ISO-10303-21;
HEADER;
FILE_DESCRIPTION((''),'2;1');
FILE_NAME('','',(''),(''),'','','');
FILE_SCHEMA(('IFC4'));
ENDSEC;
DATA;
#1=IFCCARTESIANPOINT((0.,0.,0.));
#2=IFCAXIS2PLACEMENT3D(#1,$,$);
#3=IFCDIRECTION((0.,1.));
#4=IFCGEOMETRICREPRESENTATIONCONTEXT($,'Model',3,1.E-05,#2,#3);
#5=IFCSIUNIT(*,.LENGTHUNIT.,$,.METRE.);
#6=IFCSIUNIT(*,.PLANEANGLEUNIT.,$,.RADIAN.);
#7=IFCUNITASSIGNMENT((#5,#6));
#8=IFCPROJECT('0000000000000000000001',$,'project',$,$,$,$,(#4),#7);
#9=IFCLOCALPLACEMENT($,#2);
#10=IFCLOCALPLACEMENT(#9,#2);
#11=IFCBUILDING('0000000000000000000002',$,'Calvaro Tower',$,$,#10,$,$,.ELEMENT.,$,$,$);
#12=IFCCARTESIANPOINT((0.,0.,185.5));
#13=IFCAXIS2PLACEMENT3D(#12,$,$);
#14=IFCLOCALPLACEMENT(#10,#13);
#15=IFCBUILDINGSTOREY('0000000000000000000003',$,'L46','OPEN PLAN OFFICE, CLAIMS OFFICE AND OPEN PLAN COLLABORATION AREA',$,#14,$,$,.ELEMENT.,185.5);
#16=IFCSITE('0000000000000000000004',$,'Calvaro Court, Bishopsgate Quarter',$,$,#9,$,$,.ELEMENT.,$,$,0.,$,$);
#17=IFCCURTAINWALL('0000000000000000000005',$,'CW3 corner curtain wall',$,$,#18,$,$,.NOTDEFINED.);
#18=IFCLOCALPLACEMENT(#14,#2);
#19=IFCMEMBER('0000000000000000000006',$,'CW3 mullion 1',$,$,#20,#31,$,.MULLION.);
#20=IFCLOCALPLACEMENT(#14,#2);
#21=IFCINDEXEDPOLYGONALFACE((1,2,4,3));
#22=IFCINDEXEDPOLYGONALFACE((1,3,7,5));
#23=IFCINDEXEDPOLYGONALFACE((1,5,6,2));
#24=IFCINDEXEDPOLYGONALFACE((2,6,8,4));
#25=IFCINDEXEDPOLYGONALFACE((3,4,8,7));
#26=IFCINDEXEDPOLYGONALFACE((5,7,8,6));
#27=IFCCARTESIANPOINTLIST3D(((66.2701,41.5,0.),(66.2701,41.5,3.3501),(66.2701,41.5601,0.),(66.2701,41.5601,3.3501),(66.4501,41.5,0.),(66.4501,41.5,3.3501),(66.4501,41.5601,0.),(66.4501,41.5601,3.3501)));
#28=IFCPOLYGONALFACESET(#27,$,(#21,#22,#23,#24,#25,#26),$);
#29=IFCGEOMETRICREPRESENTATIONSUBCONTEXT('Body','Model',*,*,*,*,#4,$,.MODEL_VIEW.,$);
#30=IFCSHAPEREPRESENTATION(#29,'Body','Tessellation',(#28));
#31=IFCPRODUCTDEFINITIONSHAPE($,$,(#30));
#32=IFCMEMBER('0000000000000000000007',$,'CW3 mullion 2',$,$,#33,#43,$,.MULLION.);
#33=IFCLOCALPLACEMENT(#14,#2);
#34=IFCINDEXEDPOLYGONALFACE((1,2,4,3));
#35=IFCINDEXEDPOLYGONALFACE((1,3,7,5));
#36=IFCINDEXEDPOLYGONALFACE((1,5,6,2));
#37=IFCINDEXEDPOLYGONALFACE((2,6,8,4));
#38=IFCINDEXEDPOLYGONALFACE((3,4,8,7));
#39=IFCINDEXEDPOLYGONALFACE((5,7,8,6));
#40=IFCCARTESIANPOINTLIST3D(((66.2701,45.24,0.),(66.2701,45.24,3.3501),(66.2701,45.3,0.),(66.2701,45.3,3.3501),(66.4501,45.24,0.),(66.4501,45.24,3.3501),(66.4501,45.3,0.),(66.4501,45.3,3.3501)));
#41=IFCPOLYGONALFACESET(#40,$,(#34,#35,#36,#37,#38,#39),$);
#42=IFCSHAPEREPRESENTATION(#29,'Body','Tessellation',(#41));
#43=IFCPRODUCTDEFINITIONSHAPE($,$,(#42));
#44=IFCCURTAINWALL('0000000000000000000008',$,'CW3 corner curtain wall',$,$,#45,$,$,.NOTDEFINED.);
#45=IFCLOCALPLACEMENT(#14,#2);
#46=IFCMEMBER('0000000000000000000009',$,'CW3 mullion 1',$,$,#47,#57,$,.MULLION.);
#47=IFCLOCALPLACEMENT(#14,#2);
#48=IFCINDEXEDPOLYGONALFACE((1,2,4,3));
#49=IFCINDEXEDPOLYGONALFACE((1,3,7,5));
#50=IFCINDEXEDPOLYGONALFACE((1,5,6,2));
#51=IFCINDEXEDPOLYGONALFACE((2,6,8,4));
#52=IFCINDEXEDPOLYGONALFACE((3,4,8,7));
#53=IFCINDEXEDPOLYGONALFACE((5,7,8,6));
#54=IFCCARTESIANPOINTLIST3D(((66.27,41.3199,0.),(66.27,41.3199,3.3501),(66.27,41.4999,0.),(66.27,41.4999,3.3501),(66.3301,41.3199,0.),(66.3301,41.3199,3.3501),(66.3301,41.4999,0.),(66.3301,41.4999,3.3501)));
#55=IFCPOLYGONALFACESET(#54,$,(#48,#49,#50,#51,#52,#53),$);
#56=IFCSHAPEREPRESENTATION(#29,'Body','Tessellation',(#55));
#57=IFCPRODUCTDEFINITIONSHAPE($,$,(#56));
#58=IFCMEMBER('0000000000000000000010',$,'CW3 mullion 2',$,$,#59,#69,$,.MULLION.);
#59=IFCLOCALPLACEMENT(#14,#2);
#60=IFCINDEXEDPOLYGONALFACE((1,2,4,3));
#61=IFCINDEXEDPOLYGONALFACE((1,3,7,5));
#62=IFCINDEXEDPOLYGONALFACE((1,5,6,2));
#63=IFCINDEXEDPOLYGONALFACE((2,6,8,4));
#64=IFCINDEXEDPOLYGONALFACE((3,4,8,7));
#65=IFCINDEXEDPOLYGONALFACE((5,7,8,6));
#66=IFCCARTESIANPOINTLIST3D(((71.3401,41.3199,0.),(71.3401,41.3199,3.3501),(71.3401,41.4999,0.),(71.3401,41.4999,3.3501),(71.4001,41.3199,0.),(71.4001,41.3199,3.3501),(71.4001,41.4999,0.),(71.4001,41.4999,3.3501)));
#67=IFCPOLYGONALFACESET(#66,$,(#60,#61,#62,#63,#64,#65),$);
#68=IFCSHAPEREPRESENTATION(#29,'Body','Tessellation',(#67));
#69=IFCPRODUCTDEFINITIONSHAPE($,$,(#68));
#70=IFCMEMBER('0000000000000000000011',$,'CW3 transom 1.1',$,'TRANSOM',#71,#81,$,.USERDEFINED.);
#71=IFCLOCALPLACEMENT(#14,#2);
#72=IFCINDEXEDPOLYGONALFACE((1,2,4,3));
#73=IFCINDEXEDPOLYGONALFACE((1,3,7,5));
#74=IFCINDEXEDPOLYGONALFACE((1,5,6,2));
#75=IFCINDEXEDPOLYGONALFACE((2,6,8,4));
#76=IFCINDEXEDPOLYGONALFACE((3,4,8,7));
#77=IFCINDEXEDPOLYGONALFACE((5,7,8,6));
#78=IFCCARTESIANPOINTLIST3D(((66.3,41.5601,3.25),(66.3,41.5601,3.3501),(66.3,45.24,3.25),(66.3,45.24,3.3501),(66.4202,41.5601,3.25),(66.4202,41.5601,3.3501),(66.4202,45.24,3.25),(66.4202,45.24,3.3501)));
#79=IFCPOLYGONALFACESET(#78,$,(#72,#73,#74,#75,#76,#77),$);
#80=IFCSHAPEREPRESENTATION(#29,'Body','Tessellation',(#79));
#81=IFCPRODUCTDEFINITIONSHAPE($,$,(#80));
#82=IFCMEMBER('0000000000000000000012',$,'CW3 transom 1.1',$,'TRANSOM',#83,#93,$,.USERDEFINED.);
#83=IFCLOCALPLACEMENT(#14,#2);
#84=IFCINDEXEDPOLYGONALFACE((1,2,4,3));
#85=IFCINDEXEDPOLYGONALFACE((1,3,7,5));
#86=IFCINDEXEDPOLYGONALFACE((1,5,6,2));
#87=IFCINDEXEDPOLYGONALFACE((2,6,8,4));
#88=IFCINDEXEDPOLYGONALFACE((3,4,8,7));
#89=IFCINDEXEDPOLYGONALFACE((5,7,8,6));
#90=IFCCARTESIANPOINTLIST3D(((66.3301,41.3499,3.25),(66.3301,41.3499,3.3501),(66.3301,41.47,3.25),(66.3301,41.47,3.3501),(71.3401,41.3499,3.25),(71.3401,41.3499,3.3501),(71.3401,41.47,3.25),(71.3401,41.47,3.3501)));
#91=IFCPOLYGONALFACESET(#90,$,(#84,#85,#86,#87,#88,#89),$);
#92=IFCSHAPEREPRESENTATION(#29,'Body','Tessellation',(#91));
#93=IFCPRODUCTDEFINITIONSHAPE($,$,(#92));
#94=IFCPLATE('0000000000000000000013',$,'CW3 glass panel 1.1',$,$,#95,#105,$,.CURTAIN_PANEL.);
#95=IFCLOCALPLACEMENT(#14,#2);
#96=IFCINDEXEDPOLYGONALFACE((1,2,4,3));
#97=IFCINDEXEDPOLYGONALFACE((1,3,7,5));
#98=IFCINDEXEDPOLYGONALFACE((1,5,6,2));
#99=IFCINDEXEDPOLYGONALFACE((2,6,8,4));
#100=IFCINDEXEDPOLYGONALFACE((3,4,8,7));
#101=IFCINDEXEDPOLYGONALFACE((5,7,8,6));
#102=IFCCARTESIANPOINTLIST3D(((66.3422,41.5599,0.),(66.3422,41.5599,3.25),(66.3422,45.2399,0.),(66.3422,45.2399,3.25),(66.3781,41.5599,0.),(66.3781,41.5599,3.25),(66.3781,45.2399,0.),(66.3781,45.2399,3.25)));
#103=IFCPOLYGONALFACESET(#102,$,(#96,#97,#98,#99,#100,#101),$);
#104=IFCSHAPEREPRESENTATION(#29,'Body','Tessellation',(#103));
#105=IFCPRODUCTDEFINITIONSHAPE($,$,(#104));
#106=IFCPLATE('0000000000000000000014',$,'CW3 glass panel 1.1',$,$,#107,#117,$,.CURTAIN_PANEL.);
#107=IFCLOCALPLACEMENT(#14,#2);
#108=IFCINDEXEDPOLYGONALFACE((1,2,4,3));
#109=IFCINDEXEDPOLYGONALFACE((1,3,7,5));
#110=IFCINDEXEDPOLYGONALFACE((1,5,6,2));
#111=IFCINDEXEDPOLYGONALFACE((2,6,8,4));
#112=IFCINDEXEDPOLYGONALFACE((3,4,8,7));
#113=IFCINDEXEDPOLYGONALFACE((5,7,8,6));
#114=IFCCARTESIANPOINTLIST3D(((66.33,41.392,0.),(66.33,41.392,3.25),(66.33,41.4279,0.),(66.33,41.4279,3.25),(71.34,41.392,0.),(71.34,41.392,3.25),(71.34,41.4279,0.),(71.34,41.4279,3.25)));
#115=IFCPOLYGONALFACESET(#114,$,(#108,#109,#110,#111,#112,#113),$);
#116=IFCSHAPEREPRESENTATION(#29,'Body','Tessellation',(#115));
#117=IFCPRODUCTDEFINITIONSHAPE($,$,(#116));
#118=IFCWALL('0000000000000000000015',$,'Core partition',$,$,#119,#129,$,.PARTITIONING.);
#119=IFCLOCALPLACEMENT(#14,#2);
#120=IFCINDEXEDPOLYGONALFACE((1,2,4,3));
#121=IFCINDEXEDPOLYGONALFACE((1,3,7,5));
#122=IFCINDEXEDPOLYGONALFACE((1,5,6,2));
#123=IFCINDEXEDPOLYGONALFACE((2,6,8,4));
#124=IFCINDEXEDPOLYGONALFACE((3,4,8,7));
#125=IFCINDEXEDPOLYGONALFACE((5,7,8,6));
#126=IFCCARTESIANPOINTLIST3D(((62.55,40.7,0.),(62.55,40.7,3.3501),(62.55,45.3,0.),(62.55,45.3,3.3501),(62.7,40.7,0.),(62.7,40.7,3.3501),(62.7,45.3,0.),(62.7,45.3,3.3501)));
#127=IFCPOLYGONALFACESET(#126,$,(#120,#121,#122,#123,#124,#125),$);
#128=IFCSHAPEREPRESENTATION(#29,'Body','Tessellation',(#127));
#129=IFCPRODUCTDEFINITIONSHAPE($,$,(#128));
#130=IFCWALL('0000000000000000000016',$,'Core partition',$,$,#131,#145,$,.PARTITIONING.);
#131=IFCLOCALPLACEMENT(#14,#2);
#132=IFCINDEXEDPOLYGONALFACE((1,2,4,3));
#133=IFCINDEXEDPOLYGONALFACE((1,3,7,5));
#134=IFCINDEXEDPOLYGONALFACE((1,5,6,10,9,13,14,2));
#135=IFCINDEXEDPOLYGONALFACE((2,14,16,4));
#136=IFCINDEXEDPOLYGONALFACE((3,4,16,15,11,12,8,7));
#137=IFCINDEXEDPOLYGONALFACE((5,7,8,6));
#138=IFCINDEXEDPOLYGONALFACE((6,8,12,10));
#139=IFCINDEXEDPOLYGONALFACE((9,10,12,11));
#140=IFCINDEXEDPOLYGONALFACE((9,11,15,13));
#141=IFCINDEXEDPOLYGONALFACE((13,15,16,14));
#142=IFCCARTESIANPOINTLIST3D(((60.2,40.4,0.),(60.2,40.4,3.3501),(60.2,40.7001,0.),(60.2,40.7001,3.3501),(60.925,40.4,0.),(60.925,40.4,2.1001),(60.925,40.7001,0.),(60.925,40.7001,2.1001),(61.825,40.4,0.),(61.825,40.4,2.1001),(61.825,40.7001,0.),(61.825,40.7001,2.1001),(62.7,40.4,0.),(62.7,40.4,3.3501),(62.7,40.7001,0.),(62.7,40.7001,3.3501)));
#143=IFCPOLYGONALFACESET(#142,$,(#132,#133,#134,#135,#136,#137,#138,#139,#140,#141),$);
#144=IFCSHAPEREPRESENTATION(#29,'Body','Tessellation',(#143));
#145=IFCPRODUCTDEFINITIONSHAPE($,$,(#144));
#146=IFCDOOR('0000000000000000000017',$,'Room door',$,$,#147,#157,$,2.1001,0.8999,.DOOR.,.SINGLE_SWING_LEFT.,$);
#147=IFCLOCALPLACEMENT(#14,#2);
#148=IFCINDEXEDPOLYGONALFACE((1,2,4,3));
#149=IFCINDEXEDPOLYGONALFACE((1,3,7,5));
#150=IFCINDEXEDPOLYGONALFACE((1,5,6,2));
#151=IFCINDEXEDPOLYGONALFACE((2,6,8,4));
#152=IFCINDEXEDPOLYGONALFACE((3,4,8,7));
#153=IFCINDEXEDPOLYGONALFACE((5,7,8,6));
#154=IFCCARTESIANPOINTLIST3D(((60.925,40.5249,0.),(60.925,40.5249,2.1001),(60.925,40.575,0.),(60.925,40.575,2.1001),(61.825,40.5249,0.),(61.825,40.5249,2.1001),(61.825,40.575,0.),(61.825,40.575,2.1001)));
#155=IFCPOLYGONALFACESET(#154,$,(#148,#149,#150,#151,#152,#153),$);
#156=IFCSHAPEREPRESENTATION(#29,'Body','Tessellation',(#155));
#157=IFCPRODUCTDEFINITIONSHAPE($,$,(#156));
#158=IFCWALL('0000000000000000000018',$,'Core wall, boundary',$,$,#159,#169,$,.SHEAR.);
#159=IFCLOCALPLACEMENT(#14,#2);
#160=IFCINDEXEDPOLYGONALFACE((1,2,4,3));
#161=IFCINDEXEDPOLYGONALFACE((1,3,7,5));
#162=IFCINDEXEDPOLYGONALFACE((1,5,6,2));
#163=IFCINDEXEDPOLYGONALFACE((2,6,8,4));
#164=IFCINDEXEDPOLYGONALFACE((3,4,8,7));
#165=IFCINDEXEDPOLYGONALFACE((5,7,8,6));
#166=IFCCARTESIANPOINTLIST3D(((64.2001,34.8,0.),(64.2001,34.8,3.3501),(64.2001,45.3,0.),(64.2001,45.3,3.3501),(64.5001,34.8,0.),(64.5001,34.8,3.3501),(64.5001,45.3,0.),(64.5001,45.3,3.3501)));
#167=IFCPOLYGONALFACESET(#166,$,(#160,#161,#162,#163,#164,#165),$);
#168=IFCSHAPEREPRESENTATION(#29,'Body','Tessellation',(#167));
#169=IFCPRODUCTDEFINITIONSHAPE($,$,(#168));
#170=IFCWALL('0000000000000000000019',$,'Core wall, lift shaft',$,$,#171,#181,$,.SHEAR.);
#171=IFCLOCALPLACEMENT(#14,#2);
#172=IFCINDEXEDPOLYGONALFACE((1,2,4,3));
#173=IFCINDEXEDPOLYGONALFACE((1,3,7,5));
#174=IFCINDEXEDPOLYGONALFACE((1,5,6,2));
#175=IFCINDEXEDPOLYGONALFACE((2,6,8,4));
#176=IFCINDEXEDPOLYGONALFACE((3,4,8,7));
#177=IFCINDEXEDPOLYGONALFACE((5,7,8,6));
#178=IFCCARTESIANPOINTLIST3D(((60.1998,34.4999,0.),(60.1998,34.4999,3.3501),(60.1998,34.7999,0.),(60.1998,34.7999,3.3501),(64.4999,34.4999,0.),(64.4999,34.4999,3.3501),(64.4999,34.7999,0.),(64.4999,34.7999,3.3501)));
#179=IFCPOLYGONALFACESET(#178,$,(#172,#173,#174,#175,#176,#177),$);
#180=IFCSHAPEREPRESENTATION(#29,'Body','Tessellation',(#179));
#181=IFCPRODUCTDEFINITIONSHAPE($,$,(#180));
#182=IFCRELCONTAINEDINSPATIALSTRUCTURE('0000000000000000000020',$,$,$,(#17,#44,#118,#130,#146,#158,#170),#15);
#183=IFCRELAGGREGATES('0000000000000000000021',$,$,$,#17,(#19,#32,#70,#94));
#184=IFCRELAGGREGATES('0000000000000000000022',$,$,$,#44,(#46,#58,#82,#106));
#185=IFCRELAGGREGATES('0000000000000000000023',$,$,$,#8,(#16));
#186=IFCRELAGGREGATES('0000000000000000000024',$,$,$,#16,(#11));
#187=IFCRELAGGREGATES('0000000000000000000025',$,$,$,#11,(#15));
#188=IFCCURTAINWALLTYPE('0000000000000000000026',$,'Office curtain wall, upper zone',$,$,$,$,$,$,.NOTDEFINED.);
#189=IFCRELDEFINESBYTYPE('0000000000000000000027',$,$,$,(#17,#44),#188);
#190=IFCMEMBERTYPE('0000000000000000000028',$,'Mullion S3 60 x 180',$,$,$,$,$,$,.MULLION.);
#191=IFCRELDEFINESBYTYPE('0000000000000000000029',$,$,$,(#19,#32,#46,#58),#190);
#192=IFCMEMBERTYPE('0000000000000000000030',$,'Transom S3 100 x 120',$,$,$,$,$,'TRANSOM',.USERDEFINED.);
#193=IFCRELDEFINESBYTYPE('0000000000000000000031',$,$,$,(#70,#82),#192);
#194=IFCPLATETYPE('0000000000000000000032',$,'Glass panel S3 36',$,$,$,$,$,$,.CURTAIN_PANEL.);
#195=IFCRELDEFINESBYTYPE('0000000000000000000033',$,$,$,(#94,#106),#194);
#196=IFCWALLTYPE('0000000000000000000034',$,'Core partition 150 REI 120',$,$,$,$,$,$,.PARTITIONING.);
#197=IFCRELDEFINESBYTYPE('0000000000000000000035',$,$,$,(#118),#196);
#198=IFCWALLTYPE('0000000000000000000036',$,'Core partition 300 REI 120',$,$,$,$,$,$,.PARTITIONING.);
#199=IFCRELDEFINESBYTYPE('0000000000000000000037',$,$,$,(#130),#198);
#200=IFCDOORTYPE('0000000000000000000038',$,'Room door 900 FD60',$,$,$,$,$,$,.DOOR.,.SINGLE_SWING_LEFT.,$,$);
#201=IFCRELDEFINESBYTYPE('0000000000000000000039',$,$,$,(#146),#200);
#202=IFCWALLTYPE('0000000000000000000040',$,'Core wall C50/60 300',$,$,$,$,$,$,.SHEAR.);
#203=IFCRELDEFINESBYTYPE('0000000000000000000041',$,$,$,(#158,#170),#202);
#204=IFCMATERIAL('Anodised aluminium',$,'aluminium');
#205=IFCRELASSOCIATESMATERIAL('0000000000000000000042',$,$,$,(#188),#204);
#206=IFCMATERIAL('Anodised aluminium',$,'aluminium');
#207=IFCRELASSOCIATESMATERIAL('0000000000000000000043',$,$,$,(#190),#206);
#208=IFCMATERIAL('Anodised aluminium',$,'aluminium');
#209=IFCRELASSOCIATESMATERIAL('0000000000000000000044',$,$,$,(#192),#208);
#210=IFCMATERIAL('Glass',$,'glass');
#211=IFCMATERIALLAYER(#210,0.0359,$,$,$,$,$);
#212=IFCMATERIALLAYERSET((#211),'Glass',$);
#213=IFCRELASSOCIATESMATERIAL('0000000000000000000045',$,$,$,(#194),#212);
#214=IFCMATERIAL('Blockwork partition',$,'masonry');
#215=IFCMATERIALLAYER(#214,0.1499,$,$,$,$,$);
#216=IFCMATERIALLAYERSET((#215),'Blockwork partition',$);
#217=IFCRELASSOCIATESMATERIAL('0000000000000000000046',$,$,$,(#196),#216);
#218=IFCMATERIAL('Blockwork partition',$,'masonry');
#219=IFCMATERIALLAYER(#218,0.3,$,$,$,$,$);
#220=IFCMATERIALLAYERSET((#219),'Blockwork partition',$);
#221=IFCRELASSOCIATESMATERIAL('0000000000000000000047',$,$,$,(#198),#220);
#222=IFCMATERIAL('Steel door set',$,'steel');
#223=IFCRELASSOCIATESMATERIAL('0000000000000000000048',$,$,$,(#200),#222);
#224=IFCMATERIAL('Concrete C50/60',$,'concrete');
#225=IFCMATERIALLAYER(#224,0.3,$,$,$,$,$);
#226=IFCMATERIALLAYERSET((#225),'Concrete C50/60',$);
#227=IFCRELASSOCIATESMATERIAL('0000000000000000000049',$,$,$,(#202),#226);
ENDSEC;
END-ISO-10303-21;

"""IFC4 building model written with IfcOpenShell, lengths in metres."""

from ifc_helpers import new_model, si_unit, direction, frame, frame_2d, origin, origin_2d, place, context, subcontext, project, spatial, rectangle, extrude, material, layer, layer_set, material_profile, profile_set, type_object, element, fill, aggregate, save


model = new_model("IFC4")

# Units and contexts
model_context = context("Model", 3, precision=1e-05, world=origin(), true_north=direction((0.0, 1.0)))
body_context = subcontext(model_context, "Body", "Model", "MODEL_VIEW")
ifc_project = project(units=[si_unit("LENGTHUNIT", "METRE"), si_unit("PLANEANGLEUNIT", "RADIAN")], contexts=[model_context])

# Site, building, storey
site_placement = place(None, origin())
site = spatial("IfcSite", under=ifc_project, at=site_placement, Name="Calvaro Court, Bishopsgate Quarter", CompositionType="ELEMENT", RefElevation=0.0)
building_placement = place(site_placement, origin())
building = spatial("IfcBuilding", under=site, at=building_placement, Name="Calvaro Tower", CompositionType="ELEMENT")
storey_placement = place(building_placement, frame((0.0, 0.0, 185.5)))
storey = spatial("IfcBuildingStorey", under=building, at=storey_placement, Name="L46", Description="OPEN PLAN OFFICE, CLAIMS OFFICE AND OPEN PLAN COLLABORATION AREA", CompositionType="ELEMENT", Elevation=185.5)

# Curtain walls, members
ifc_material_1 = material(Name="Anodised aluminium", Category="aluminium")
curtain_wall_type = type_object("IfcCurtainWallType", Name="Office curtain wall, upper zone", PredefinedType="NOTDEFINED", material=ifc_material_1)
curtain_wall_1_placement = place(storey_placement, origin())
curtain_wall_1 = element("IfcCurtainWall", 1, at=curtain_wall_1_placement, inside=storey, type_object=curtain_wall_type, Name="CW3 corner curtain wall", PredefinedType="NOTDEFINED")
ifc_material_2 = material(Name="Anodised aluminium", Category="aluminium")
ifc_material_profile_1 = material_profile(ifc_material_2, rectangle(XDim=0.1799, YDim=0.0601, at=origin_2d()), Name="Mullion S3 60 x 180")
ifc_profile_set_1 = profile_set([ifc_material_profile_1], Name="Anodised aluminium")
member_type_1 = type_object("IfcMemberType", Name="Mullion S3 60 x 180", PredefinedType="MULLION", material=ifc_profile_set_1)
member_1_placement = place(storey_placement, frame((66.3601, 41.53, 0.0), z_axis=(0.0, 0.0, 1.0), x_axis=(-1.0, 0.0, 0.0)))
member_1 = element("IfcMember", 2, at=member_1_placement, type_object=member_type_1, Name="CW3 mullion 1", PredefinedType="MULLION", context=body_context, shape_type="SweptSolid", body=[
    extrude(rectangle(XDim=0.1799, YDim=0.0601, at=origin_2d()), origin(), (0.0, 0.0, 1.0), 3.3501),
])
member_2_placement = place(storey_placement, frame((66.3601, 45.27, 0.0), z_axis=(0.0, 0.0, 1.0), x_axis=(-1.0, 0.0, 0.0)))
member_2 = element("IfcMember", 3, at=member_2_placement, type_object=member_type_1, Name="CW3 mullion 2", PredefinedType="MULLION", context=body_context, shape_type="SweptSolid", body=[
    extrude(rectangle(XDim=0.1799, YDim=0.0601, at=origin_2d()), origin(), (0.0, 0.0, 1.0), 3.3501),
])
curtain_wall_2_placement = place(storey_placement, origin())
curtain_wall_2 = element("IfcCurtainWall", 4, at=curtain_wall_2_placement, inside=storey, type_object=curtain_wall_type, Name="CW3 corner curtain wall", PredefinedType="NOTDEFINED")
member_3_placement = place(storey_placement, frame((66.3, 41.4099, 0.0), z_axis=(0.0, 0.0, 1.0), x_axis=(0.0, 1.0, 0.0)))
member_3 = element("IfcMember", 5, at=member_3_placement, type_object=member_type_1, Name="CW3 mullion 1", PredefinedType="MULLION", context=body_context, shape_type="SweptSolid", body=[
    extrude(rectangle(XDim=0.1799, YDim=0.0601, at=origin_2d()), origin(), (0.0, 0.0, 1.0), 3.3501),
])
member_4_placement = place(storey_placement, frame((71.3701, 41.4099, 0.0), z_axis=(0.0, 0.0, 1.0), x_axis=(0.0, 1.0, 0.0)))
member_4 = element("IfcMember", 6, at=member_4_placement, type_object=member_type_1, Name="CW3 mullion 2", PredefinedType="MULLION", context=body_context, shape_type="SweptSolid", body=[
    extrude(rectangle(XDim=0.1799, YDim=0.0601, at=origin_2d()), origin(), (0.0, 0.0, 1.0), 3.3501),
])

# Members
ifc_material_3 = material(Name="Anodised aluminium", Category="aluminium")
ifc_material_profile_2 = material_profile(ifc_material_3, rectangle(XDim=0.1201, YDim=0.1001, at=origin_2d()), Name="Transom S3 100 x 120")
ifc_profile_set_2 = profile_set([ifc_material_profile_2], Name="Anodised aluminium")
member_type_2 = type_object("IfcMemberType", Name="Transom S3 100 x 120", ElementType="TRANSOM", PredefinedType="USERDEFINED", material=ifc_profile_set_2)
member_5_placement = place(storey_placement, frame((66.3601, 41.5601, 3.3), z_axis=(0.0, 1.0, 0.0), x_axis=(-1.0, 0.0, 0.0)))
member_5 = element("IfcMember", 7, at=member_5_placement, type_object=member_type_2, Name="CW3 transom 1.1", ObjectType="TRANSOM", PredefinedType="USERDEFINED", context=body_context, shape_type="SweptSolid", body=[
    extrude(rectangle(XDim=0.1201, YDim=0.1001, at=origin_2d()), origin(), (0.0, 0.0, 1.0), 3.6799),
])
member_6_placement = place(storey_placement, frame((66.3301, 41.4099, 3.3), z_axis=(1.0, 0.0, 0.0), x_axis=(0.0, 1.0, 0.0)))
member_6 = element("IfcMember", 8, at=member_6_placement, type_object=member_type_2, Name="CW3 transom 1.1", ObjectType="TRANSOM", PredefinedType="USERDEFINED", context=body_context, shape_type="SweptSolid", body=[
    extrude(rectangle(XDim=0.1201, YDim=0.1001, at=origin_2d()), origin(), (0.0, 0.0, 1.0), 5.01),
])

# Plates
ifc_material_4 = material(Name="Glass", Category="glass")
ifc_layer_1 = layer(ifc_material_4, 0.0359)
ifc_layer_set_1 = layer_set([ifc_layer_1], Name="Glass")
plate_type = type_object("IfcPlateType", Name="Glass panel S3 36", PredefinedType="CURTAIN_PANEL", material=ifc_layer_set_1)
plate_1_placement = place(storey_placement, frame((66.3601, 43.3999, 0.0), z_axis=(0.0, 0.0, 1.0), x_axis=(0.0, 1.0, 0.0)))
plate_1 = element("IfcPlate", 9, at=plate_1_placement, type_object=plate_type, Name="CW3 glass panel 1.1", PredefinedType="CURTAIN_PANEL", context=body_context, shape_type="SweptSolid", body=[
    extrude(rectangle(XDim=3.6799, YDim=0.0359, at=origin_2d()), origin(), (0.0, 0.0, 1.0), 3.25),
])
aggregate(curtain_wall_1, [member_1, member_2, member_5, plate_1])
plate_2_placement = place(storey_placement, frame((68.835, 41.4099, 0.0), z_axis=(0.0, 0.0, 1.0), x_axis=(1.0, 0.0, 0.0)))
plate_2 = element("IfcPlate", 10, at=plate_2_placement, type_object=plate_type, Name="CW3 glass panel 1.1", PredefinedType="CURTAIN_PANEL", context=body_context, shape_type="SweptSolid", body=[
    extrude(rectangle(XDim=5.01, YDim=0.0359, at=origin_2d()), origin(), (0.0, 0.0, 1.0), 3.25),
])
aggregate(curtain_wall_2, [member_3, member_4, member_6, plate_2])

# Wall
ifc_material_5 = material(Name="Blockwork partition", Category="masonry")
ifc_layer_2 = layer(ifc_material_5, 0.1499)
ifc_layer_set_2 = layer_set([ifc_layer_2], Name="Blockwork partition")
wall_type_1 = type_object("IfcWallType", Name="Core partition 150 REI 120", PredefinedType="PARTITIONING", material=ifc_layer_set_2)
wall_1_placement = place(storey_placement, frame((62.625, 40.7, 0.0), z_axis=(0.0, 0.0, 1.0), x_axis=(0.0, 1.0, 0.0)))
element("IfcWall", 11, at=wall_1_placement, inside=storey, type_object=wall_type_1, Name="Core partition", PredefinedType="PARTITIONING", context=body_context, shape_type="SweptSolid", body=[
    extrude(rectangle(XDim=4.6001, YDim=0.1499, at=frame_2d((2.3, 0.0))), origin(), (0.0, 0.0, 1.0), 3.3501),
])

# Wall, opening, door
ifc_material_6 = material(Name="Blockwork partition", Category="masonry")
ifc_layer_3 = layer(ifc_material_6, 0.3)
ifc_layer_set_3 = layer_set([ifc_layer_3], Name="Blockwork partition")
wall_type_2 = type_object("IfcWallType", Name="Core partition 300 REI 120", PredefinedType="PARTITIONING", material=ifc_layer_set_3)
wall_2_placement = place(storey_placement, frame((60.2, 40.55, 0.0), z_axis=(0.0, 0.0, 1.0), x_axis=(1.0, 0.0, 0.0)))
wall_2 = element("IfcWall", 12, at=wall_2_placement, inside=storey, type_object=wall_type_2, Name="Core partition", PredefinedType="PARTITIONING", context=body_context, shape_type="SweptSolid", body=[
    extrude(rectangle(XDim=2.5, YDim=0.3, at=frame_2d((1.25, 0.0))), origin(), (0.0, 0.0, 1.0), 3.3501),
])
opening_1_placement = place(wall_2_placement, frame((0.7251, 0.0, 0.0)))
opening_1 = element("IfcOpeningElement", 13, at=opening_1_placement, cuts=wall_2, PredefinedType="OPENING", context=body_context, shape_type="SweptSolid", body=[
    extrude(rectangle(XDim=0.8999, YDim=2.1001, at=frame_2d((0.45, 1.05))), frame((0.0, 0.1599, 0.0), z_axis=(0.0, -1.0, 0.0), x_axis=(1.0, 0.0, 0.0)), (0.0, 0.0, 1.0), 0.3201),
])
ifc_material_7 = material(Name="Steel door set", Category="steel")
door_type_1 = type_object("IfcDoorType", Name="Room door 900 FD60", OperationType="SINGLE_SWING_LEFT", PredefinedType="DOOR", material=ifc_material_7)
door_1_placement = place(opening_1_placement, origin())
door_1 = element("IfcDoor", 14, at=door_1_placement, inside=storey, type_object=door_type_1, Name="Room door", OperationType="SINGLE_SWING_LEFT", OverallHeight=2.1001, OverallWidth=0.8999, PredefinedType="DOOR", context=body_context, shape_type="SweptSolid", body=[
    extrude(rectangle(XDim=0.8999, YDim=2.1001, at=frame_2d((0.45, 1.05))), frame((0.0, 0.0249, 0.0), z_axis=(0.0, -1.0, 0.0), x_axis=(1.0, 0.0, 0.0)), (0.0, 0.0, 1.0), 0.05),
])
fill(opening_1, door_1)

# Walls
ifc_material_8 = material(Name="Concrete C50/60", Category="concrete")
ifc_layer_4 = layer(ifc_material_8, 0.3)
ifc_layer_set_4 = layer_set([ifc_layer_4], Name="Concrete C50/60")
wall_type_3 = type_object("IfcWallType", Name="Core wall C50/60 300", PredefinedType="SHEAR", material=ifc_layer_set_4)
wall_3_placement = place(storey_placement, frame((64.3501, 34.8, 0.0), z_axis=(0.0, 0.0, 1.0), x_axis=(0.0, 1.0, 0.0)))
element("IfcWall", 15, at=wall_3_placement, inside=storey, type_object=wall_type_3, Name="Core wall, boundary", PredefinedType="SHEAR", context=body_context, shape_type="SweptSolid", body=[
    extrude(rectangle(XDim=10.5, YDim=0.3, at=frame_2d((5.25, 0.0))), origin(), (0.0, 0.0, 1.0), 3.3501),
])
wall_4_placement = place(storey_placement, frame((60.2, 34.6499, 0.0), z_axis=(0.0, 0.0, 1.0), x_axis=(1.0, 0.0, 0.0)))
element("IfcWall", 16, at=wall_4_placement, inside=storey, type_object=wall_type_3, Name="Core wall, lift shaft", PredefinedType="SHEAR", context=body_context, shape_type="SweptSolid", body=[
    extrude(rectangle(XDim=4.3, YDim=0.3, at=frame_2d((2.1499, 0.0))), origin(), (0.0, 0.0, 1.0), 3.3501),
])

save(model, "model.ifc")
